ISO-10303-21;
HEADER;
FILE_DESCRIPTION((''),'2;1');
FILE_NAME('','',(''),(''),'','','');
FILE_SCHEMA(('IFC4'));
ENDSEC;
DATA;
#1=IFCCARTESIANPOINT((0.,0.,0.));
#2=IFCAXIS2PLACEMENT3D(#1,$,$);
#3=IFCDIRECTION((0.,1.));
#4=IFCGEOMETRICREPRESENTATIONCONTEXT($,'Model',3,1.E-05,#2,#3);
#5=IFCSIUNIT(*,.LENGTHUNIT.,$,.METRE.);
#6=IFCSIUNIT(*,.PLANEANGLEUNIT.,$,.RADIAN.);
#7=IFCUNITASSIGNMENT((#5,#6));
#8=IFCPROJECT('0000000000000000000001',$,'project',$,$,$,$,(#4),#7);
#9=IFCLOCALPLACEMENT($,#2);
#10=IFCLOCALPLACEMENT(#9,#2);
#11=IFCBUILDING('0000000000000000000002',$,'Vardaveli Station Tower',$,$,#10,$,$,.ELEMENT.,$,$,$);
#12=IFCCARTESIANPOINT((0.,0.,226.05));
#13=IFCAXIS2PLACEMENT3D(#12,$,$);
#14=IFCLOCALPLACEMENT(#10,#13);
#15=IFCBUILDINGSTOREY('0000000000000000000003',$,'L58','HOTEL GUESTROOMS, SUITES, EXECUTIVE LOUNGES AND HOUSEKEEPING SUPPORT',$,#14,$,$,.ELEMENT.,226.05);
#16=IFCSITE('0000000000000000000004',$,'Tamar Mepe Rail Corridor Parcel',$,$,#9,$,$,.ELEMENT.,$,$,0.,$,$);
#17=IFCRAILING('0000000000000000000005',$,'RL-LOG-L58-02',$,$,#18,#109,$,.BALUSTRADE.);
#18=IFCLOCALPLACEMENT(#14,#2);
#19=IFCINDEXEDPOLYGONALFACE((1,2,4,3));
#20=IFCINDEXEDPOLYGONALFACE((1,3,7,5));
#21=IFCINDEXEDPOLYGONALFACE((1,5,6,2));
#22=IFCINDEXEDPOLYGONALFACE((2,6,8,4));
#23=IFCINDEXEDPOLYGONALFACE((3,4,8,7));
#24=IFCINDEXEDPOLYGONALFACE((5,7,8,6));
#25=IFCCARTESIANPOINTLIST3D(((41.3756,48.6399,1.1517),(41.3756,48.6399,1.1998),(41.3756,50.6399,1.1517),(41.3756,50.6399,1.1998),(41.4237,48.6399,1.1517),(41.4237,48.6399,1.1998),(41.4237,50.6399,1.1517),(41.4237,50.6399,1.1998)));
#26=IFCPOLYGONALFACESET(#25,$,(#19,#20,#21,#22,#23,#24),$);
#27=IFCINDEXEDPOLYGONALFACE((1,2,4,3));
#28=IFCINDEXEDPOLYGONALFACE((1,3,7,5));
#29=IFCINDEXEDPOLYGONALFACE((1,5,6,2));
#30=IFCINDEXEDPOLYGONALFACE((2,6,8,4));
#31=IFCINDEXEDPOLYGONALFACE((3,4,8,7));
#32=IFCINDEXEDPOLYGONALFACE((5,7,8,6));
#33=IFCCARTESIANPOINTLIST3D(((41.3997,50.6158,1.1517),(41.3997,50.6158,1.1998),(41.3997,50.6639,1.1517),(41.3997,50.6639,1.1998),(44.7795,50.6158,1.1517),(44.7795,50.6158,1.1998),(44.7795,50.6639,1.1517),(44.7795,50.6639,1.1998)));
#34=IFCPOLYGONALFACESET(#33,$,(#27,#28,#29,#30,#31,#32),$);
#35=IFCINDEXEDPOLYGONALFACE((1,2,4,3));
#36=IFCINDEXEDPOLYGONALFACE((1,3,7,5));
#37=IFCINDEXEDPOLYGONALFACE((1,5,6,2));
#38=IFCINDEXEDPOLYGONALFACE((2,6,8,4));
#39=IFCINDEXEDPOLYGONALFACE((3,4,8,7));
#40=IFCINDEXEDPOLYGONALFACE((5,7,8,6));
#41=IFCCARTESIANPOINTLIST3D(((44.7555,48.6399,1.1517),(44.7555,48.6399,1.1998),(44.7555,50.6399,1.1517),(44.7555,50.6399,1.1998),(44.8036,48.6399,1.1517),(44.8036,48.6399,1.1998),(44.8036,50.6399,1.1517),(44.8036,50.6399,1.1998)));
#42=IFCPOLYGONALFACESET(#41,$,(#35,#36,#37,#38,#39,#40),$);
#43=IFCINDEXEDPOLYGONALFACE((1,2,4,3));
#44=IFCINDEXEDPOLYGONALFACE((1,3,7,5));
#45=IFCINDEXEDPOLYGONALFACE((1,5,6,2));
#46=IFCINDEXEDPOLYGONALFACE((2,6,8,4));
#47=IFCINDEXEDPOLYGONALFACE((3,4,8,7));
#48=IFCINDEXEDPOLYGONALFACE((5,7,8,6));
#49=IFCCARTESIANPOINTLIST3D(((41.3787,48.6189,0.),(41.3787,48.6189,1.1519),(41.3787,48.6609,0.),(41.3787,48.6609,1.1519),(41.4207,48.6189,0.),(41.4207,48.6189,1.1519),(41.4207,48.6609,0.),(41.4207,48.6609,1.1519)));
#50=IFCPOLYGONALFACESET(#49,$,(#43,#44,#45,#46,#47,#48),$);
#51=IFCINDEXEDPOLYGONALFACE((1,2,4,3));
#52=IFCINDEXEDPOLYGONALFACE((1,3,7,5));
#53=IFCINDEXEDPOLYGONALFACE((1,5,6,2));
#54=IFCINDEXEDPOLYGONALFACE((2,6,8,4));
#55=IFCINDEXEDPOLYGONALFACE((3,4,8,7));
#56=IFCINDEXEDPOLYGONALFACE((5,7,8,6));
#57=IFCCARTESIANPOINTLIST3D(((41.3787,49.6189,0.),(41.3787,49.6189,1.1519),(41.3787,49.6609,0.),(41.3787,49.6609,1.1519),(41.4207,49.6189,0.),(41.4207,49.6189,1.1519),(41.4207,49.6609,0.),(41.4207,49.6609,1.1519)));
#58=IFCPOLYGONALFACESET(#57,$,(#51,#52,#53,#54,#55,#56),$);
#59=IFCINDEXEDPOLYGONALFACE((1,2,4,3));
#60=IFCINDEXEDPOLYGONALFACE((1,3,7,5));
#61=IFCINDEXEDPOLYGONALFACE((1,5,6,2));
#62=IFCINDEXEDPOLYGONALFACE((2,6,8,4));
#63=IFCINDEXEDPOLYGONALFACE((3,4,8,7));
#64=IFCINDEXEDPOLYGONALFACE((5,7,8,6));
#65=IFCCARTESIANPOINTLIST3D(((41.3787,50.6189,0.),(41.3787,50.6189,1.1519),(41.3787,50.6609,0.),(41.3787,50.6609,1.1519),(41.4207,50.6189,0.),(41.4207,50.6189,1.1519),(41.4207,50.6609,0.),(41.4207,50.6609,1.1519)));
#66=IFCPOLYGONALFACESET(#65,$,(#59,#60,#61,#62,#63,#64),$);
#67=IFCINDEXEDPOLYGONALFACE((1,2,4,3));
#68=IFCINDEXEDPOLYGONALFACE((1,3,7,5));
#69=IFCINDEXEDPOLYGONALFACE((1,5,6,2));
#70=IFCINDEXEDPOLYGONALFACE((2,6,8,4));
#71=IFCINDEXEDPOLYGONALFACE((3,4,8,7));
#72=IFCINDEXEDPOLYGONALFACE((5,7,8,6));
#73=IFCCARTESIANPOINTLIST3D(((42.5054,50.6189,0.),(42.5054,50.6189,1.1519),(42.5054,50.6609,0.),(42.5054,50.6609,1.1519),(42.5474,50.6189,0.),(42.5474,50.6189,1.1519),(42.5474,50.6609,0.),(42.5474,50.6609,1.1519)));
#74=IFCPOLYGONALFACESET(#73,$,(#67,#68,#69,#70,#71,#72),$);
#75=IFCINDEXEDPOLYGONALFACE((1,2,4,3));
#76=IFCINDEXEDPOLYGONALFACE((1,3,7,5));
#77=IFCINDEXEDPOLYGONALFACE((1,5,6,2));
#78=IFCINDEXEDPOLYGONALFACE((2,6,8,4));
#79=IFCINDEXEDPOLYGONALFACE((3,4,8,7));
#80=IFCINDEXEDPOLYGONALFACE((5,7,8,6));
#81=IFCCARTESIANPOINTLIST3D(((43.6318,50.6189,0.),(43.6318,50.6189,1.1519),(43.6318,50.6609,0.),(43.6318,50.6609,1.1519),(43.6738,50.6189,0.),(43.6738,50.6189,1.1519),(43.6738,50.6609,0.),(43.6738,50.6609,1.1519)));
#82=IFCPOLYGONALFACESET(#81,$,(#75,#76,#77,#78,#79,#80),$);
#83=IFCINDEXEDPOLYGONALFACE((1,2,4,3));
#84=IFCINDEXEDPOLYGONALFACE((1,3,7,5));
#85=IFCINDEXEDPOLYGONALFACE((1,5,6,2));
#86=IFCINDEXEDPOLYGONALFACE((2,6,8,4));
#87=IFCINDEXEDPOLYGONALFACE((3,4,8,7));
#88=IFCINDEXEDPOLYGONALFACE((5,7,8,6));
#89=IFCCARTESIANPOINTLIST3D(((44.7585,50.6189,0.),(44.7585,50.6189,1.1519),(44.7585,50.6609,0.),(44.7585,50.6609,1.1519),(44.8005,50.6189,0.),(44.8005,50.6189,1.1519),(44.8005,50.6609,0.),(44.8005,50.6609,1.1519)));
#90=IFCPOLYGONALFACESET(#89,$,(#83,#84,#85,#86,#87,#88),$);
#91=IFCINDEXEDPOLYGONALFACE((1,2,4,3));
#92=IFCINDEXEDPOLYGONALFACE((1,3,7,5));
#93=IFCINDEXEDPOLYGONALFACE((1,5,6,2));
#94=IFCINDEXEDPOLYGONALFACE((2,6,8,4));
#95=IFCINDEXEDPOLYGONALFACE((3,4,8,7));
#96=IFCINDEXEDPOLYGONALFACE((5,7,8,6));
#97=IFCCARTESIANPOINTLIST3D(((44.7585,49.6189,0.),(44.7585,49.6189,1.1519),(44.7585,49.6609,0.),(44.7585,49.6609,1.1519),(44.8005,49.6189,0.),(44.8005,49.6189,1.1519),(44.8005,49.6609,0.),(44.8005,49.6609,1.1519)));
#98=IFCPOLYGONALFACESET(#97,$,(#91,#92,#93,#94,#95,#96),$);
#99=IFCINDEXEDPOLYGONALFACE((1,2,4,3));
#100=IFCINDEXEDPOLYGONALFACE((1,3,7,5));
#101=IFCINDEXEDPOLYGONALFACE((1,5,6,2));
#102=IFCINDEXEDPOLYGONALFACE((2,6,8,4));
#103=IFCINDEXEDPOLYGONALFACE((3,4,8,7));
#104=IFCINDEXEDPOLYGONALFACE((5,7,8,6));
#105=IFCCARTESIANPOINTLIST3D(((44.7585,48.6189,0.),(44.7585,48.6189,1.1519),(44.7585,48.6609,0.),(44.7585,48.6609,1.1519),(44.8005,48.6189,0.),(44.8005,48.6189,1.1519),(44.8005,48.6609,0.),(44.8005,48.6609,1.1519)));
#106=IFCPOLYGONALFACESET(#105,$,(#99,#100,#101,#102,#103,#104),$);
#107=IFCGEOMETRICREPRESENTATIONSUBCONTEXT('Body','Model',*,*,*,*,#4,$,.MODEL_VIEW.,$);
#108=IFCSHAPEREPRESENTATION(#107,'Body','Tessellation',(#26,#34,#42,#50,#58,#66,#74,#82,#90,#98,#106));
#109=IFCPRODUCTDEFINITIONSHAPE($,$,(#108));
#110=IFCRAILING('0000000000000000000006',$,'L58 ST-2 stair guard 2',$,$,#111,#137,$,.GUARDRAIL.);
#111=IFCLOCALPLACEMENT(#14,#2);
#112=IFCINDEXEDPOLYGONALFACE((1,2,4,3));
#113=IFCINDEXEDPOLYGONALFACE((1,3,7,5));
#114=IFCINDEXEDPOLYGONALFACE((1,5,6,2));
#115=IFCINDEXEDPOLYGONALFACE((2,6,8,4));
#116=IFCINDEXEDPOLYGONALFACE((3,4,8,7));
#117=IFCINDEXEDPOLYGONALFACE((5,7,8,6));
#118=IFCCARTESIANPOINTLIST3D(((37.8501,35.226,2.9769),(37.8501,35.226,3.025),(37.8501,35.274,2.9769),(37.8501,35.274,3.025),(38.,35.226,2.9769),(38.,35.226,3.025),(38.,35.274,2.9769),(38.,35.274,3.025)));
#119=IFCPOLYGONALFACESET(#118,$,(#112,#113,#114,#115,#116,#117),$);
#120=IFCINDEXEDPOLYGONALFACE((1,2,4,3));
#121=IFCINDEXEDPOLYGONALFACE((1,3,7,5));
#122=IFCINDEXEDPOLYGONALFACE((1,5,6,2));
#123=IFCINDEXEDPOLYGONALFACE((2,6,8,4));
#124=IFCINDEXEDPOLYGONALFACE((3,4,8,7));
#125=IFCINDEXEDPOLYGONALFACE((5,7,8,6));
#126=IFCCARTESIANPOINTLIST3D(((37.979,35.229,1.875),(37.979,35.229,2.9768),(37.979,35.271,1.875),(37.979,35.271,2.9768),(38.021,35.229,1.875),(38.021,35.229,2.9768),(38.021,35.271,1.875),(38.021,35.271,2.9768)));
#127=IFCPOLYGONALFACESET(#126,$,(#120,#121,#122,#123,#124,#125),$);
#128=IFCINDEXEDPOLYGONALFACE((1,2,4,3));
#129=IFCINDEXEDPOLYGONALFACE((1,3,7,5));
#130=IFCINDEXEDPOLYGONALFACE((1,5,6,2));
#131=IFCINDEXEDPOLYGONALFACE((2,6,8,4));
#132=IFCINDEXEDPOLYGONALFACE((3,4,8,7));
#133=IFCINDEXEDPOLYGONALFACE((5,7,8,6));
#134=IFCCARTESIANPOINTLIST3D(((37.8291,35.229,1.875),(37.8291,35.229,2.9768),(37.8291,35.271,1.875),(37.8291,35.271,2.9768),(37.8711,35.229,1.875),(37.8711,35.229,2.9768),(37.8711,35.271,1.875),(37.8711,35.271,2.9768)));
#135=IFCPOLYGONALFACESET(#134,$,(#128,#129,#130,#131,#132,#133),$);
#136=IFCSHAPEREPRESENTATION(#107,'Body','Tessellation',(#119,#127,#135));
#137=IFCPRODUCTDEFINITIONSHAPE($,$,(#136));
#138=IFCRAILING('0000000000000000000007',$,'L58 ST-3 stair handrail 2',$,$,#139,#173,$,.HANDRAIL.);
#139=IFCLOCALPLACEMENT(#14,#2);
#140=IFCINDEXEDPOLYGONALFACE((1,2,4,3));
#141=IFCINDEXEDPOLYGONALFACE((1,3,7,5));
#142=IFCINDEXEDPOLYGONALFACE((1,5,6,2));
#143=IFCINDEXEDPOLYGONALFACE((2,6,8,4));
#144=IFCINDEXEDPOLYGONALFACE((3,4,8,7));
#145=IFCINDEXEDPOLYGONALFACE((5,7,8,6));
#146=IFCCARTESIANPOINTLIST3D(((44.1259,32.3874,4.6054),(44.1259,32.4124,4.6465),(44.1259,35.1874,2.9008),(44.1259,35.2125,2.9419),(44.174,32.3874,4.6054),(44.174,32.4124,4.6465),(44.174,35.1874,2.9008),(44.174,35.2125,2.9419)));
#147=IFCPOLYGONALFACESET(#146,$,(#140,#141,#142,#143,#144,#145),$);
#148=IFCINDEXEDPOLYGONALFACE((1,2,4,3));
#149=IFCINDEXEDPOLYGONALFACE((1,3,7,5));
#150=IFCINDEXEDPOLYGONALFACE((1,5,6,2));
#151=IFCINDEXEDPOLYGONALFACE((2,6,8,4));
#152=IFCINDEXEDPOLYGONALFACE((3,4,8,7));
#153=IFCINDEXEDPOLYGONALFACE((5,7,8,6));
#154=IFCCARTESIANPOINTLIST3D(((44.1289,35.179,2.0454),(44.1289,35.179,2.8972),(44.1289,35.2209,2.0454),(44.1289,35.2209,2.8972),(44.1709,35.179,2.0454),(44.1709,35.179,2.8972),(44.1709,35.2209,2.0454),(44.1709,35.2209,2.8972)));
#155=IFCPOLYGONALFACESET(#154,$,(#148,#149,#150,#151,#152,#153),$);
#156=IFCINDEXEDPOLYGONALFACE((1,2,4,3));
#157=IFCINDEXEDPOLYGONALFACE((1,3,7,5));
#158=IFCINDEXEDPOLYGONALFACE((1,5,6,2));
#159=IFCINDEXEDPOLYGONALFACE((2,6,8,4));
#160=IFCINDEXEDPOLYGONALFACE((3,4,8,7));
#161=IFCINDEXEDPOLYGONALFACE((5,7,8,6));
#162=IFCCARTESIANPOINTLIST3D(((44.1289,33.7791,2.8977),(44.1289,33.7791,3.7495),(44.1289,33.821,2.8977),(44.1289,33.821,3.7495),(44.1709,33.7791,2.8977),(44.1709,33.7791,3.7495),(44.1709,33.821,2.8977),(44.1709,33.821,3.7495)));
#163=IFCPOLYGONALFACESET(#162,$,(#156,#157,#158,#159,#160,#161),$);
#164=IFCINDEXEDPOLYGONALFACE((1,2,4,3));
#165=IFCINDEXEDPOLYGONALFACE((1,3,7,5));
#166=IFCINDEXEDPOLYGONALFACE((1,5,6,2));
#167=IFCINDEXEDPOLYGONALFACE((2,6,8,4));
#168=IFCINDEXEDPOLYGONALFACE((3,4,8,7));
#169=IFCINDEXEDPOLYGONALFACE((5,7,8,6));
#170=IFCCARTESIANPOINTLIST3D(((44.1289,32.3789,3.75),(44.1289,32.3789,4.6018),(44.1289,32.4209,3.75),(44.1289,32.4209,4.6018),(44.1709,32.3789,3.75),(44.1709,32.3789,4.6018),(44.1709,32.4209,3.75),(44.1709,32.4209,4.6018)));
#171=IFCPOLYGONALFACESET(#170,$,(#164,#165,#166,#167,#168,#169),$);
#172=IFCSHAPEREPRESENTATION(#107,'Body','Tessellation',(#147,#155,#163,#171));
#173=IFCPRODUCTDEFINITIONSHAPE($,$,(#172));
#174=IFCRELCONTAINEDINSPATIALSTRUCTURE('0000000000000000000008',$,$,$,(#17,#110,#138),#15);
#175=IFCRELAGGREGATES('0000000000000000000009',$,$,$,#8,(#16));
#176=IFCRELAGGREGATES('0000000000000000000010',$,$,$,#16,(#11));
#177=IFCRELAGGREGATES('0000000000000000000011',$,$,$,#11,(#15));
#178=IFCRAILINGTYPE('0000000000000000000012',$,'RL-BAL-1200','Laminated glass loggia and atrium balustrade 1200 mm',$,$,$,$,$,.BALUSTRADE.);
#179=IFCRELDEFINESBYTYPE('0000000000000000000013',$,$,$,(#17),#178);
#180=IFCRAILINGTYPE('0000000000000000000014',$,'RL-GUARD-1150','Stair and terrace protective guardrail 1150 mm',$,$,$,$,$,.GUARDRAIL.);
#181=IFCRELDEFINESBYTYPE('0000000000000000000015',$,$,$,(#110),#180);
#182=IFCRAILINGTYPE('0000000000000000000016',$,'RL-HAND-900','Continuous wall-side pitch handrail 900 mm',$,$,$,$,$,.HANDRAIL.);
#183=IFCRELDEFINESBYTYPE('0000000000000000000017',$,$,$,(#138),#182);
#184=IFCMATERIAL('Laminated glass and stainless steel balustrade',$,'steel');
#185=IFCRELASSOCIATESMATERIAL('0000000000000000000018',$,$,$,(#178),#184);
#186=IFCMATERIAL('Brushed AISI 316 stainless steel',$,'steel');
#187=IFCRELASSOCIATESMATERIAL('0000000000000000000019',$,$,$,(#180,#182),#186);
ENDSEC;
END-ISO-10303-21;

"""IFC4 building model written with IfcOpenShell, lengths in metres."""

from ifc_helpers import new_model, si_unit, direction, frame, origin, origin_2d, place, context, subcontext, project, spatial, rectangle, extrude, source, transform, mapped, material, type_object, element, save


model = new_model("IFC4")

# Units and contexts
model_context = context("Model", 3, precision=1e-05, world=origin(), true_north=direction((0.0, 1.0)))
body_context = subcontext(model_context, "Body", "Model", "MODEL_VIEW")
ifc_project = project(units=[si_unit("LENGTHUNIT", "METRE"), si_unit("PLANEANGLEUNIT", "RADIAN")], contexts=[model_context])

# Site, building, storey
site_placement = place(None, origin())
site = spatial("IfcSite", under=ifc_project, at=site_placement, Name="Tamar Mepe Rail Corridor Parcel", CompositionType="ELEMENT", RefElevation=0.0)
building_placement = place(site_placement, origin())
building = spatial("IfcBuilding", under=site, at=building_placement, Name="Vardaveli Station Tower", CompositionType="ELEMENT")
storey_placement = place(building_placement, frame((0.0, 0.0, 226.05)))
storey = spatial("IfcBuildingStorey", under=building, at=storey_placement, Name="L58", Description="HOTEL GUESTROOMS, SUITES, EXECUTIVE LOUNGES AND HOUSEKEEPING SUPPORT", CompositionType="ELEMENT", Elevation=226.05)

# Railings
ifc_material_1 = material(Name="Laminated glass and stainless steel balustrade", Category="steel")
railing_type_1 = type_object("IfcRailingType", Name="RL-BAL-1200", Description="Laminated glass loggia and atrium balustrade 1200 mm", PredefinedType="BALUSTRADE", material=ifc_material_1)
shared_shape_1 = source(origin(), body_context, "Body", "SweptSolid", [
    extrude(rectangle(XDim=0.0481, YDim=0.0481, at=origin_2d()), frame((0.0, 0.0, 1.1758), z_axis=(0.0, 1.0, 0.0), x_axis=(-1.0, 0.0, 0.0)), (0.0, 0.0, 1.0), 2.0),
    extrude(rectangle(XDim=0.0481, YDim=0.0481, at=origin_2d()), frame((0.0, 2.0, 1.1758), z_axis=(1.0, 0.0, 0.0), x_axis=(0.0, 1.0, 0.0)), (0.0, 0.0, 1.0), 3.3799),
    extrude(rectangle(XDim=0.0481, YDim=0.0481, at=origin_2d()), frame((3.3799, 2.0, 1.1758), z_axis=(0.0, -1.0, 0.0), x_axis=(1.0, 0.0, 0.0)), (0.0, 0.0, 1.0), 2.0),
    extrude(rectangle(XDim=0.042, YDim=0.042, at=origin_2d()), origin(), (0.0, 0.0, 1.0), 1.1519),
    extrude(rectangle(XDim=0.042, YDim=0.042, at=origin_2d()), frame((0.0, 1.0, 0.0)), (0.0, 0.0, 1.0), 1.1519),
    extrude(rectangle(XDim=0.042, YDim=0.042, at=origin_2d()), frame((0.0, 2.0, 0.0)), (0.0, 0.0, 1.0), 1.1519),
    extrude(rectangle(XDim=0.042, YDim=0.042, at=origin_2d()), frame((1.1267, 2.0, 0.0)), (0.0, 0.0, 1.0), 1.1519),
    extrude(rectangle(XDim=0.042, YDim=0.042, at=origin_2d()), frame((2.2532, 2.0, 0.0)), (0.0, 0.0, 1.0), 1.1519),
    extrude(rectangle(XDim=0.042, YDim=0.042, at=origin_2d()), frame((3.3799, 2.0, 0.0)), (0.0, 0.0, 1.0), 1.1519),
    extrude(rectangle(XDim=0.042, YDim=0.042, at=origin_2d()), frame((3.3799, 1.0, 0.0)), (0.0, 0.0, 1.0), 1.1519),
    extrude(rectangle(XDim=0.042, YDim=0.042, at=origin_2d()), frame((3.3799, 0.0, 0.0)), (0.0, 0.0, 1.0), 1.1519),
])
railing_1_placement = place(storey_placement, frame((41.3997, 48.6399, 0.0)))
element("IfcRailing", 1, at=railing_1_placement, inside=storey, type_object=railing_type_1, Name="RL-LOG-L58-02", PredefinedType="BALUSTRADE", context=body_context, shape_type="MappedRepresentation", body=[
    mapped(shared_shape_1, transform((0.0, 0.0, 0.0), scale=1.0)),
])
ifc_material_2 = material(Name="Brushed AISI 316 stainless steel", Category="steel")
railing_type_2 = type_object("IfcRailingType", Name="RL-GUARD-1150", Description="Stair and terrace protective guardrail 1150 mm", PredefinedType="GUARDRAIL", material=ifc_material_2)
shared_shape_2 = source(origin(), body_context, "Body", "SweptSolid", [
    extrude(rectangle(XDim=0.0481, YDim=0.0481, at=origin_2d()), frame((0.0, 0.0, 1.126), z_axis=(-1.0, 0.0, 0.0), x_axis=(0.0, -1.0, 0.0)), (0.0, 0.0, 1.0), 0.1499),
    extrude(rectangle(XDim=0.042, YDim=0.042, at=origin_2d()), origin(), (0.0, 0.0, 1.0), 1.1018),
    extrude(rectangle(XDim=0.042, YDim=0.042, at=origin_2d()), frame((-0.1499, 0.0, 0.0)), (0.0, 0.0, 1.0), 1.1018),
])
railing_2_placement = place(storey_placement, frame((38.0, 35.25, 1.875)))
element("IfcRailing", 2, at=railing_2_placement, inside=storey, type_object=railing_type_2, Name="L58 ST-2 stair guard 2", PredefinedType="GUARDRAIL", context=body_context, shape_type="MappedRepresentation", body=[
    mapped(shared_shape_2, transform((0.0, 0.0, 0.0), scale=1.0)),
])
railing_type_3 = type_object("IfcRailingType", Name="RL-HAND-900", Description="Continuous wall-side pitch handrail 900 mm", PredefinedType="HANDRAIL", material=ifc_material_2)
shared_shape_3 = source(origin(), body_context, "Body", "SweptSolid", [
    extrude(rectangle(XDim=0.0481, YDim=0.0481, at=origin_2d()), frame((0.0, 0.0, 0.876), z_axis=(0.0, -0.85417, 0.519994), x_axis=(1.0, 0.0, 0.0)), (0.0, 0.0, 1.0), 3.2781),
    extrude(rectangle(XDim=0.042, YDim=0.042, at=origin_2d()), origin(), (0.0, 0.0, 1.0), 0.8518),
    extrude(rectangle(XDim=0.042, YDim=0.042, at=origin_2d()), frame((0.0, -1.3999, 0.8523)), (0.0, 0.0, 1.0), 0.8518),
    extrude(rectangle(XDim=0.042, YDim=0.042, at=origin_2d()), frame((0.0, -2.8, 1.7046)), (0.0, 0.0, 1.0), 0.8518),
])
railing_3_placement = place(storey_placement, frame((44.1499, 35.2, 2.0454)))
element("IfcRailing", 3, at=railing_3_placement, inside=storey, type_object=railing_type_3, Name="L58 ST-3 stair handrail 2", PredefinedType="HANDRAIL", context=body_context, shape_type="MappedRepresentation", body=[
    mapped(shared_shape_3, transform((0.0, 0.0, 0.0), scale=1.0)),
])

save(model, "model.ifc")
